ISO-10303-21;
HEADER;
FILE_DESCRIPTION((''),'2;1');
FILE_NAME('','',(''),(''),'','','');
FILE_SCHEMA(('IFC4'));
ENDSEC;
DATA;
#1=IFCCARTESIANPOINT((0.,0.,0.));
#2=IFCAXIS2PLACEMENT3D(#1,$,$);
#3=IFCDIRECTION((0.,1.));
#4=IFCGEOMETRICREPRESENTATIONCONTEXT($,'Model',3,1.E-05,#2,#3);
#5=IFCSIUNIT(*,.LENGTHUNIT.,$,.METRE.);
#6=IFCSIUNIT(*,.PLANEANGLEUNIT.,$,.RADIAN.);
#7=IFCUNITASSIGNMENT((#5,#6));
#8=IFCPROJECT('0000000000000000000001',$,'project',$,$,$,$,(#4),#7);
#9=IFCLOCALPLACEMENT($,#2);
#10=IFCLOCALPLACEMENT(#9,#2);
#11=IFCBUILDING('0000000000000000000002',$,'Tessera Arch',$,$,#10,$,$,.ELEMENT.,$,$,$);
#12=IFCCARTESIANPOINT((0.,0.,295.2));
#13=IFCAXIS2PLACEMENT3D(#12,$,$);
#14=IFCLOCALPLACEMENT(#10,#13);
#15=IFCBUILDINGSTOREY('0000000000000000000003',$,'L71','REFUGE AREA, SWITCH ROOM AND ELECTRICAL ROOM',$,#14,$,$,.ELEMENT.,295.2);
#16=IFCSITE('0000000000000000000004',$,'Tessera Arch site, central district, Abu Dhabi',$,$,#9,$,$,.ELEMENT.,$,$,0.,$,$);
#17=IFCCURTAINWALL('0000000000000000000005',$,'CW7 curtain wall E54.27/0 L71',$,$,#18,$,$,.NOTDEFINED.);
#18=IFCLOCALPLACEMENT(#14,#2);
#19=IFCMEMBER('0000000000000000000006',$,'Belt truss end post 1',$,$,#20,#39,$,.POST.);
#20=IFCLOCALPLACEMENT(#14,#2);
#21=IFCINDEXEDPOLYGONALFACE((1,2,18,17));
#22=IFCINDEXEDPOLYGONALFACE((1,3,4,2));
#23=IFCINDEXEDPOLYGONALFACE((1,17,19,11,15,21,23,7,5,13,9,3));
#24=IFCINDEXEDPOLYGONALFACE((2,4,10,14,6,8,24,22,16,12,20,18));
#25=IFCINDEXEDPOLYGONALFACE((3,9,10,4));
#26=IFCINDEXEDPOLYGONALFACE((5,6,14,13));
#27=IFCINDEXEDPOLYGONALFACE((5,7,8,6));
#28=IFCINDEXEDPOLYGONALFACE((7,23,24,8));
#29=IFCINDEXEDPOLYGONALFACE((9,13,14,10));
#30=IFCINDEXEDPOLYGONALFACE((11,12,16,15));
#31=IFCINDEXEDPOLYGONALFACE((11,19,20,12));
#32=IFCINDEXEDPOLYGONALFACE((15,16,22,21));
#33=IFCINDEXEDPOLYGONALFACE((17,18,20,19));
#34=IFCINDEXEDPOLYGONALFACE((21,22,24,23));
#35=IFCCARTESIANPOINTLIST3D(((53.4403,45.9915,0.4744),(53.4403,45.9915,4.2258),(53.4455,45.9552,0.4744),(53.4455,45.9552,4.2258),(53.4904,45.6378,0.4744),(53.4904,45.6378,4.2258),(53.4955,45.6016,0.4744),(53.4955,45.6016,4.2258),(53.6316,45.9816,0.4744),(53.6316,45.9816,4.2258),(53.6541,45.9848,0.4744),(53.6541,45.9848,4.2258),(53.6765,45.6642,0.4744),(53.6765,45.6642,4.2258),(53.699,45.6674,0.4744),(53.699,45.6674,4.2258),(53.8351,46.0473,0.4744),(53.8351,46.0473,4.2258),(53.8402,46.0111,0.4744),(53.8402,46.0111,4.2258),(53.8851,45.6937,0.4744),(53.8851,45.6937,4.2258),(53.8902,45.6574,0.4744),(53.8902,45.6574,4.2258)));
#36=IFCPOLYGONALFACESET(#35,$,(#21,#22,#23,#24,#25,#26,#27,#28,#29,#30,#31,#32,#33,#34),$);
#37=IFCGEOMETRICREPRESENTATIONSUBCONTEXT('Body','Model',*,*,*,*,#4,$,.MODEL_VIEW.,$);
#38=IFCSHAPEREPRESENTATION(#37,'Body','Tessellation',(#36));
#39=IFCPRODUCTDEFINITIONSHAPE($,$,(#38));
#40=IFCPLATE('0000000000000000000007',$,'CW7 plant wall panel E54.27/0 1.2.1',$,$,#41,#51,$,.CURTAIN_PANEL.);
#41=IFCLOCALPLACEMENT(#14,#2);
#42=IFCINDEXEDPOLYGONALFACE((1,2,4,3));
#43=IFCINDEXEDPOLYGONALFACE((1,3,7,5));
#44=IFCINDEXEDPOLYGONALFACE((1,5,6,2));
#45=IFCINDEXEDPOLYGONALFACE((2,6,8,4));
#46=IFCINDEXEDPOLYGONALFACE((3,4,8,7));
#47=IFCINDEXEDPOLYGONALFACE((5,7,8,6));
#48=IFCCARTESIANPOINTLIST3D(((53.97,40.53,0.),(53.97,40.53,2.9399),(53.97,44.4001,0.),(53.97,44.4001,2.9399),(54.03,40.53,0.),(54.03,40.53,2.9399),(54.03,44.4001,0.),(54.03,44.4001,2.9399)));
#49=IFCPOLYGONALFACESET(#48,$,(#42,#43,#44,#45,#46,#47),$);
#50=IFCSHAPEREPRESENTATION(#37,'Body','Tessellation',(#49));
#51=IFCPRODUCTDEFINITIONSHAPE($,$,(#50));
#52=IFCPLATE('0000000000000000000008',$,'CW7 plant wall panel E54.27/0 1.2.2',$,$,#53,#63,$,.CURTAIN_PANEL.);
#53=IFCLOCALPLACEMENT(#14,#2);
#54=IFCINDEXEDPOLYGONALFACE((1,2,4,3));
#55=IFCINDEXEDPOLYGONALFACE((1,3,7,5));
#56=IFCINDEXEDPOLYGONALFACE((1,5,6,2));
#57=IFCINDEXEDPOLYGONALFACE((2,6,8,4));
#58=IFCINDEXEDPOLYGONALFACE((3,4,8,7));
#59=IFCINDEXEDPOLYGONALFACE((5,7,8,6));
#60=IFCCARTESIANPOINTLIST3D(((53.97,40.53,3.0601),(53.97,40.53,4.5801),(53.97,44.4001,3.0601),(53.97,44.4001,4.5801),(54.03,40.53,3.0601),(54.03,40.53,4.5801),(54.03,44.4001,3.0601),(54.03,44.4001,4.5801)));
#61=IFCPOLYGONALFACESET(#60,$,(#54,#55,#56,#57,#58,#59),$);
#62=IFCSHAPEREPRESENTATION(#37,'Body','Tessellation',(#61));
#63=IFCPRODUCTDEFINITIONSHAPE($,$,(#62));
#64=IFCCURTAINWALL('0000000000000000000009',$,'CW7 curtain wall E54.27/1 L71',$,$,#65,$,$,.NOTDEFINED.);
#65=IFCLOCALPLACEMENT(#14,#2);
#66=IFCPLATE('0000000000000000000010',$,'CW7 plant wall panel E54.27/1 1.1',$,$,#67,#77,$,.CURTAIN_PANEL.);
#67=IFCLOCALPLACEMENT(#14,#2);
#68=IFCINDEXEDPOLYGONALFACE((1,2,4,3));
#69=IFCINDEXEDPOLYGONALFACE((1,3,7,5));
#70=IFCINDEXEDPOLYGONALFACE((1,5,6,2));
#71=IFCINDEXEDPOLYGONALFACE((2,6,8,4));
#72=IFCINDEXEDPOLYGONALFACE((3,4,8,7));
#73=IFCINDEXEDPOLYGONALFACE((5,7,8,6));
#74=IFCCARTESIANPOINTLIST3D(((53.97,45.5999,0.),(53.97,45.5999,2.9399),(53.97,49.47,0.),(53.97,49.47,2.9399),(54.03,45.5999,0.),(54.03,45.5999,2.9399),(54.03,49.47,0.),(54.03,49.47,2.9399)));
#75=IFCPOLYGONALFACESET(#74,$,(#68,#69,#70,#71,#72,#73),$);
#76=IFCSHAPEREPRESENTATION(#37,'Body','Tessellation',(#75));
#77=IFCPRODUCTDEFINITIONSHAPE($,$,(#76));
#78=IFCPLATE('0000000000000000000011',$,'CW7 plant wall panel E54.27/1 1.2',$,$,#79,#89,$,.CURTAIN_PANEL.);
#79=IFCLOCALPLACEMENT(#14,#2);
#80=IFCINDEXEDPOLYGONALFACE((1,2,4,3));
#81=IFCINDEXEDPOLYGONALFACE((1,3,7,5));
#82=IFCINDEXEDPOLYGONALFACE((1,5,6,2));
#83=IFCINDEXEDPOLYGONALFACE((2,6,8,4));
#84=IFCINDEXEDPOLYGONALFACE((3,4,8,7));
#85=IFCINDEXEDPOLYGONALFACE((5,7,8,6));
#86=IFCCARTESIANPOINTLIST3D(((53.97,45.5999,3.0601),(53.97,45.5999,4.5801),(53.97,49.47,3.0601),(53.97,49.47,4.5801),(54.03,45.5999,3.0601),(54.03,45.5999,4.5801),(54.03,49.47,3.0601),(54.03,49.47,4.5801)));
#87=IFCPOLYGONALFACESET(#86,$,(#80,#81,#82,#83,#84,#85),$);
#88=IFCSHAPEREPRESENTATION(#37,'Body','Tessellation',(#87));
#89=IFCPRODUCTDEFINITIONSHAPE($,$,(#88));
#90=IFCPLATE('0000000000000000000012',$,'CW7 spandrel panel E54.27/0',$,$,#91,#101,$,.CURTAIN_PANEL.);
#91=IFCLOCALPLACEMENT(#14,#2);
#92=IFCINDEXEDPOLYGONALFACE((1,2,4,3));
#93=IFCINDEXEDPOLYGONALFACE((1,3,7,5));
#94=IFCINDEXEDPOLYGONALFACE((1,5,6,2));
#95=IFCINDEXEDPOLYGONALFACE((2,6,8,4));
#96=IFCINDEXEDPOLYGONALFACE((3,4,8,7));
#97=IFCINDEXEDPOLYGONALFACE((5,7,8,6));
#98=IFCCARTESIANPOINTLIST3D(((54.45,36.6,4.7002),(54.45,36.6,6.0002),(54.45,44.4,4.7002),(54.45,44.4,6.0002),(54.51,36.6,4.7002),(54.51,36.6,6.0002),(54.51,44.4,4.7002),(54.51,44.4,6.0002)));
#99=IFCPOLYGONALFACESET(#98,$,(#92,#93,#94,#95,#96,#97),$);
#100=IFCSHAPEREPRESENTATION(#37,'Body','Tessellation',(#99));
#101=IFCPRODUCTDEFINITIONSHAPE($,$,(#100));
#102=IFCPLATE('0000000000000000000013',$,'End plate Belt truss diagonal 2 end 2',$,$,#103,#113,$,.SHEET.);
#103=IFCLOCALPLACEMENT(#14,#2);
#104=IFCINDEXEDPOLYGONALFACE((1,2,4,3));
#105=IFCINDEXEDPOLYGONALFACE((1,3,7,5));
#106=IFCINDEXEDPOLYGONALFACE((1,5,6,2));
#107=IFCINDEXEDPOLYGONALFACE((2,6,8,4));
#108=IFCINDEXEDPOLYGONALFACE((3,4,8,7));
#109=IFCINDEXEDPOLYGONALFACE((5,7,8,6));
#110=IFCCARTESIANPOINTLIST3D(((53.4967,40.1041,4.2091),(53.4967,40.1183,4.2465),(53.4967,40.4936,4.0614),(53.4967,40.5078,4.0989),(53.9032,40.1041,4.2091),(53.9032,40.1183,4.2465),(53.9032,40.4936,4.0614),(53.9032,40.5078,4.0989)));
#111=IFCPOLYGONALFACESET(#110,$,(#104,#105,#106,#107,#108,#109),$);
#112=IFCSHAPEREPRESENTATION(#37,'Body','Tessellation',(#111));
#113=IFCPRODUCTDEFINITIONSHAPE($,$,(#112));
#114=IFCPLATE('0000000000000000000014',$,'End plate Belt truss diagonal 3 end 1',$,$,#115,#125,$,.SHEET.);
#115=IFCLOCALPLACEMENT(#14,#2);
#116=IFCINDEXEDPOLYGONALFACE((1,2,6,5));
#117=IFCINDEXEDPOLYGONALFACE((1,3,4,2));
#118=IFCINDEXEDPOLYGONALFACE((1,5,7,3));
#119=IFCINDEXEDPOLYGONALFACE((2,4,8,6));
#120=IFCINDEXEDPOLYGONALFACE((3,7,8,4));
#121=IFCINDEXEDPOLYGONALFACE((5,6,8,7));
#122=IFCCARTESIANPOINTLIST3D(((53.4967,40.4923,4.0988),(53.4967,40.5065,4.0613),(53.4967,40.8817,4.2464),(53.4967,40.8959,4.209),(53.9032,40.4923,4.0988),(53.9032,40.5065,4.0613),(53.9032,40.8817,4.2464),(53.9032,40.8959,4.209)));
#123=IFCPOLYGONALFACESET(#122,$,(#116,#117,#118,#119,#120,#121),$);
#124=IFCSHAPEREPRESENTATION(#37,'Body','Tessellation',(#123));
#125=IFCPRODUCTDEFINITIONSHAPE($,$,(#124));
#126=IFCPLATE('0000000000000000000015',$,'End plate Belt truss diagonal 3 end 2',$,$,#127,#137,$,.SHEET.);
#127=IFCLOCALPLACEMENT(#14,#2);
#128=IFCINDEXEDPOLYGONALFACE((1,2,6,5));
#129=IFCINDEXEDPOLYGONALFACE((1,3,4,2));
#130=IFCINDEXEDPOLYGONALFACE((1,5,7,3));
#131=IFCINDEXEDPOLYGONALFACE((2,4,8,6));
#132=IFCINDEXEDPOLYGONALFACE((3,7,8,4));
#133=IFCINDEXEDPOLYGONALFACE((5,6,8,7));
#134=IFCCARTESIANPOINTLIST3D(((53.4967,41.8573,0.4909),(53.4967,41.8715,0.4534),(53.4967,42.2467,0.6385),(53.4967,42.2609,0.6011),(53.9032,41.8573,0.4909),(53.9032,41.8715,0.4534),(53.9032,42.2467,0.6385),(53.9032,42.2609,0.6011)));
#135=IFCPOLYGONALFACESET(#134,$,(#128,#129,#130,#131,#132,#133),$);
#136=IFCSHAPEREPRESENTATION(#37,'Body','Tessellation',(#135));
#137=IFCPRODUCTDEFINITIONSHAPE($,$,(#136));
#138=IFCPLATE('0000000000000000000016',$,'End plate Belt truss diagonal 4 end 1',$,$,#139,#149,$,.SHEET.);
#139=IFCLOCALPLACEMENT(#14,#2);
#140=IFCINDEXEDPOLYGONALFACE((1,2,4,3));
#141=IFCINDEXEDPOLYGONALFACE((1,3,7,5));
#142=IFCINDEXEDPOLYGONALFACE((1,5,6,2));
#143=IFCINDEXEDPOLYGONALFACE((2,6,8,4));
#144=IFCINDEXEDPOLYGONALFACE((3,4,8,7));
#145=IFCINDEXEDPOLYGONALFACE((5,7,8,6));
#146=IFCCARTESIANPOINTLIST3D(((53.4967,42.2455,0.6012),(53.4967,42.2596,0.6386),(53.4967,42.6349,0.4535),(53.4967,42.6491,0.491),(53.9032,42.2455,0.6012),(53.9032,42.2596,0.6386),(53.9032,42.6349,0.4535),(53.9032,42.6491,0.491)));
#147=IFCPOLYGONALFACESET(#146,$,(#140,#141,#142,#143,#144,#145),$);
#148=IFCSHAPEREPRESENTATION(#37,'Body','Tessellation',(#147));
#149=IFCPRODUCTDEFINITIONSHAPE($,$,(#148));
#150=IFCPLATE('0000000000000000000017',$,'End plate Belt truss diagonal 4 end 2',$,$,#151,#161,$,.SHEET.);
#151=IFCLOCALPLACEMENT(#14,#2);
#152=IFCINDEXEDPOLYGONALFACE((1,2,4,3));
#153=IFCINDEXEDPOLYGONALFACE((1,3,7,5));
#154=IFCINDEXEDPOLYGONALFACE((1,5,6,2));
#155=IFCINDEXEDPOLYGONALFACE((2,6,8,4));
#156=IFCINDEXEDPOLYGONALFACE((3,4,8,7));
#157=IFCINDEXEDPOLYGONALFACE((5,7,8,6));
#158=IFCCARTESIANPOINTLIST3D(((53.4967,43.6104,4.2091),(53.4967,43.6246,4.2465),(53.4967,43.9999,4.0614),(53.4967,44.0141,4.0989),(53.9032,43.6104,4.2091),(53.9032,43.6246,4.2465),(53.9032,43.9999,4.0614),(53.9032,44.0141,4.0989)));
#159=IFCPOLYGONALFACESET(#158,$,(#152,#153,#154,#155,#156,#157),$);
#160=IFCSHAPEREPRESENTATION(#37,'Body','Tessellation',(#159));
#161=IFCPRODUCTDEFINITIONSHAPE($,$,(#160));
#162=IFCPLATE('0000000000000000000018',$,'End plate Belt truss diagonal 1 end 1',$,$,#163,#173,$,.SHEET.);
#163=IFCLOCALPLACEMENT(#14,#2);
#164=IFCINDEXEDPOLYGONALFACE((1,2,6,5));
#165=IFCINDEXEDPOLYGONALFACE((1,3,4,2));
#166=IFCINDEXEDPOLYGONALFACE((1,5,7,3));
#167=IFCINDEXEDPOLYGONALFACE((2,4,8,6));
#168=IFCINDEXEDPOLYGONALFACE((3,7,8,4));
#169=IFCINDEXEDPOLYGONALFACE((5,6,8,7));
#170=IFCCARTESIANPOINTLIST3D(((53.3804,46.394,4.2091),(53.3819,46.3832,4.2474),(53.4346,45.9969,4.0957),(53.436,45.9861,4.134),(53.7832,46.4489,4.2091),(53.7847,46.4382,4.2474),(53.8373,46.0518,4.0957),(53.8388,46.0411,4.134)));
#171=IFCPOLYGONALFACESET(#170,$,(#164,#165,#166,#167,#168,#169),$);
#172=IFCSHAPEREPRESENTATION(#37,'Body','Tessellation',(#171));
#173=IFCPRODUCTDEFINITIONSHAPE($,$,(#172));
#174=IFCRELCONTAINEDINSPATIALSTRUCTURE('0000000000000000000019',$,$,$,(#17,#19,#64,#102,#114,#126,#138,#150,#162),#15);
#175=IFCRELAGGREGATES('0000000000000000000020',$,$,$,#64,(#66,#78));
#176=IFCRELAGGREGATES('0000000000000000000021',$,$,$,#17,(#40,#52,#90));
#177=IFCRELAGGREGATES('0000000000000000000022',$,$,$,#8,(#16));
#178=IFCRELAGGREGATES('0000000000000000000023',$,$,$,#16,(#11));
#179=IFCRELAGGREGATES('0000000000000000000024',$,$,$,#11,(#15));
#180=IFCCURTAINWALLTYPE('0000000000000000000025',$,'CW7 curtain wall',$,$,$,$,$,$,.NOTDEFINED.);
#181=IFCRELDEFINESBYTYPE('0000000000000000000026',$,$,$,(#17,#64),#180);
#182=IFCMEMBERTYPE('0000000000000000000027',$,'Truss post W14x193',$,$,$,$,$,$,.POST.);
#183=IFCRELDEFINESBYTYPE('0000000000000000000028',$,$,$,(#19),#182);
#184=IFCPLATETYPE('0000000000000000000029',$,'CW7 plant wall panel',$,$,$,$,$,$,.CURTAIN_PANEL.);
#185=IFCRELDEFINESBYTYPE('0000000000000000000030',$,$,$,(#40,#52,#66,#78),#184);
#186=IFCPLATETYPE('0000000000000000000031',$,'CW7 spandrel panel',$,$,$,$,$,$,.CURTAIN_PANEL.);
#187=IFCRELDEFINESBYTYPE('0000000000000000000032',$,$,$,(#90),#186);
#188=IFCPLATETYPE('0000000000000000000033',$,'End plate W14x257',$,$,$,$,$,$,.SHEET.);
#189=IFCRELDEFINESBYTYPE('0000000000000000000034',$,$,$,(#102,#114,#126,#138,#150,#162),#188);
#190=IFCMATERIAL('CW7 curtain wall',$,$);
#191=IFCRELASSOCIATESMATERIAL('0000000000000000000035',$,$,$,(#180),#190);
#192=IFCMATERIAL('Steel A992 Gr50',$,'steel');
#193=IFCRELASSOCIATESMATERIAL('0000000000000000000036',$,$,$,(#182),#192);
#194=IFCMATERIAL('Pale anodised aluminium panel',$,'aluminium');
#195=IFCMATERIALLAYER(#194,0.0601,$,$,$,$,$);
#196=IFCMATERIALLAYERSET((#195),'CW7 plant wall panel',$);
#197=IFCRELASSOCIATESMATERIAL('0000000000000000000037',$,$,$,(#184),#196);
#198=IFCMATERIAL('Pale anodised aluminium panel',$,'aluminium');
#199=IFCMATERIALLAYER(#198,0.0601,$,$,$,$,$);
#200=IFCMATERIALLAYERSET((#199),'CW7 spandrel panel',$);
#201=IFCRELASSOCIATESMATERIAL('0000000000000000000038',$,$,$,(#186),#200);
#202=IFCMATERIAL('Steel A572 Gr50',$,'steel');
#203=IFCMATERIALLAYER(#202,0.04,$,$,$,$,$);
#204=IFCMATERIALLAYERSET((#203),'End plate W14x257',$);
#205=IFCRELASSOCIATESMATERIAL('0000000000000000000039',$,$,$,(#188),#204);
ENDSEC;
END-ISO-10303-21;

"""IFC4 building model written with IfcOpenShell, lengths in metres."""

from ifc_helpers import new_model, si_unit, direction, frame, origin, origin_2d, place, context, subcontext, project, spatial, rectangle, i_section, extrude, material, layer, layer_set, material_profile, profile_set, type_object, element, aggregate, save


model = new_model("IFC4")

# Units and contexts
model_context = context("Model", 3, precision=1e-05, world=origin(), true_north=direction((0.0, 1.0)))
body_context = subcontext(model_context, "Body", "Model", "MODEL_VIEW")
ifc_project = project(units=[si_unit("LENGTHUNIT", "METRE"), si_unit("PLANEANGLEUNIT", "RADIAN")], contexts=[model_context])

# Site, building, storey
site_placement = place(None, origin())
site = spatial("IfcSite", under=ifc_project, at=site_placement, Name="Tessera Arch site, central district, Abu Dhabi", CompositionType="ELEMENT", RefElevation=0.0)
building_placement = place(site_placement, origin())
building = spatial("IfcBuilding", under=site, at=building_placement, Name="Tessera Arch", CompositionType="ELEMENT")
storey_placement = place(building_placement, frame((0.0, 0.0, 295.2)))
storey = spatial("IfcBuildingStorey", under=building, at=storey_placement, Name="L71", Description="REFUGE AREA, SWITCH ROOM AND ELECTRICAL ROOM", CompositionType="ELEMENT", Elevation=295.2)

# Curtain wall
ifc_material_1 = material(Name="CW7 curtain wall")
curtain_wall_type = type_object("IfcCurtainWallType", Name="CW7 curtain wall", PredefinedType="NOTDEFINED", material=ifc_material_1)
curtain_wall_1_placement = place(storey_placement, origin())
curtain_wall_1 = element("IfcCurtainWall", 1, at=curtain_wall_1_placement, inside=storey, type_object=curtain_wall_type, Name="CW7 curtain wall E54.27/0 L71", PredefinedType="NOTDEFINED")

# Member
ifc_material_2 = material(Name="Steel A992 Gr50", Category="steel")
ifc_material_profile_1 = material_profile(ifc_material_2, i_section(OverallWidth=0.3987, OverallDepth=0.3938, WebThickness=0.0227, FlangeThickness=0.0366, at=origin_2d()), Name="W14x193")
ifc_profile_set_1 = profile_set([ifc_material_profile_1], Name="Steel A992 Gr50")
member_type_1 = type_object("IfcMemberType", Name="Truss post W14x193", PredefinedType="POST", material=ifc_profile_set_1)
for number, where, z_axis, x_axis, name in (
    (2, (53.6653, 45.8245, 0.4744), (0.0, 0.0, 1.0), (0.990139, 0.140089, 0.0), "Belt truss end post 1"),
):
    element("IfcMember", number, at=place(storey_placement, frame(where, z_axis=z_axis, x_axis=x_axis)), inside=storey, type_object=member_type_1, Name=name, PredefinedType="POST", context=body_context, shape_type="SweptSolid", body=[
        extrude(i_section(OverallWidth=0.3987, OverallDepth=0.3938, WebThickness=0.0227, FlangeThickness=0.0366, at=origin_2d()), origin(), (0.0, 0.0, 1.0), 3.7515),
    ])

# Plates
ifc_material_3 = material(Name="Pale anodised aluminium panel", Category="aluminium")
ifc_layer_1 = layer(ifc_material_3, 0.0601)
ifc_layer_set_1 = layer_set([ifc_layer_1], Name="CW7 plant wall panel")
plate_type_1 = type_object("IfcPlateType", Name="CW7 plant wall panel", PredefinedType="CURTAIN_PANEL", material=ifc_layer_set_1)
plate_1_placement = place(storey_placement, frame((54.0, 42.4651, 0.0), z_axis=(0.0, 0.0, 1.0), x_axis=(0.0, 1.0, 0.0)))
plate_1 = element("IfcPlate", 3, at=plate_1_placement, type_object=plate_type_1, Name="CW7 plant wall panel E54.27/0 1.2.1", PredefinedType="CURTAIN_PANEL", context=body_context, shape_type="SweptSolid", body=[
    extrude(rectangle(XDim=3.8701, YDim=0.0601, at=origin_2d()), origin(), (0.0, 0.0, 1.0), 2.9399),
])
plate_2_placement = place(storey_placement, frame((54.0, 42.4651, 3.0601), z_axis=(0.0, 0.0, 1.0), x_axis=(0.0, 1.0, 0.0)))
plate_2 = element("IfcPlate", 4, at=plate_2_placement, type_object=plate_type_1, Name="CW7 plant wall panel E54.27/0 1.2.2", PredefinedType="CURTAIN_PANEL", context=body_context, shape_type="SweptSolid", body=[
    extrude(rectangle(XDim=3.8701, YDim=0.0601, at=origin_2d()), origin(), (0.0, 0.0, 1.0), 1.52),
])

# Curtain wall, plates
curtain_wall_2_placement = place(storey_placement, origin())
curtain_wall_2 = element("IfcCurtainWall", 5, at=curtain_wall_2_placement, inside=storey, type_object=curtain_wall_type, Name="CW7 curtain wall E54.27/1 L71", PredefinedType="NOTDEFINED")
plate_3_placement = place(storey_placement, frame((54.0, 47.5349, 0.0), z_axis=(0.0, 0.0, 1.0), x_axis=(0.0, 1.0, 0.0)))
plate_3 = element("IfcPlate", 6, at=plate_3_placement, type_object=plate_type_1, Name="CW7 plant wall panel E54.27/1 1.1", PredefinedType="CURTAIN_PANEL", context=body_context, shape_type="SweptSolid", body=[
    extrude(rectangle(XDim=3.8701, YDim=0.0601, at=origin_2d()), origin(), (0.0, 0.0, 1.0), 2.9399),
])
plate_4_placement = place(storey_placement, frame((54.0, 47.5349, 3.0601), z_axis=(0.0, 0.0, 1.0), x_axis=(0.0, 1.0, 0.0)))
plate_4 = element("IfcPlate", 7, at=plate_4_placement, type_object=plate_type_1, Name="CW7 plant wall panel E54.27/1 1.2", PredefinedType="CURTAIN_PANEL", context=body_context, shape_type="SweptSolid", body=[
    extrude(rectangle(XDim=3.8701, YDim=0.0601, at=origin_2d()), origin(), (0.0, 0.0, 1.0), 1.52),
])
aggregate(curtain_wall_2, [plate_3, plate_4])

# Plate
ifc_material_4 = material(Name="Pale anodised aluminium panel", Category="aluminium")
ifc_layer_2 = layer(ifc_material_4, 0.0601)
ifc_layer_set_2 = layer_set([ifc_layer_2], Name="CW7 spandrel panel")
plate_type_2 = type_object("IfcPlateType", Name="CW7 spandrel panel", PredefinedType="CURTAIN_PANEL", material=ifc_layer_set_2)
plate_5_placement = place(storey_placement, frame((54.48, 40.5, 4.7002), z_axis=(0.0, 0.0, 1.0), x_axis=(0.0, 1.0, 0.0)))
plate_5 = element("IfcPlate", 8, at=plate_5_placement, type_object=plate_type_2, Name="CW7 spandrel panel E54.27/0", PredefinedType="CURTAIN_PANEL", context=body_context, shape_type="SweptSolid", body=[
    extrude(rectangle(XDim=7.8, YDim=0.0601, at=origin_2d()), origin(), (0.0, 0.0, 1.0), 1.3),
])
aggregate(curtain_wall_1, [plate_1, plate_2, plate_5])

# Plates
ifc_material_5 = material(Name="Steel A572 Gr50", Category="steel")
ifc_layer_3 = layer(ifc_material_5, 0.04)
ifc_layer_set_3 = layer_set([ifc_layer_3], Name="End plate W14x257")
plate_type_3 = type_object("IfcPlateType", Name="End plate W14x257", PredefinedType="SHEET", material=ifc_layer_set_3)
for number, where, z_axis, x_axis, name in (
    (9, (53.7, 40.2988, 4.1353), (0.0, 0.35447, 0.935067), (-1.0, 0.0, 0.0), "End plate Belt truss diagonal 2 end 2"),
    (10, (53.7, 40.687, 4.1726), (0.0, 0.35447, -0.935067), (-1.0, 0.0, 0.0), "End plate Belt truss diagonal 3 end 1"),
    (11, (53.7, 42.052, 0.5647), (0.0, 0.35447, -0.935067), (-1.0, 0.0, 0.0), "End plate Belt truss diagonal 3 end 2"),
    (12, (53.7, 42.4402, 0.5273), (0.0, 0.35447, 0.935067), (-1.0, 0.0, 0.0), "End plate Belt truss diagonal 4 end 1"),
    (13, (53.7, 43.8052, 4.1353), (0.0, 0.35447, 0.935067), (-1.0, 0.0, 0.0), "End plate Belt truss diagonal 4 end 2"),
):
    element("IfcPlate", number, at=place(storey_placement, frame(where, z_axis=z_axis, x_axis=x_axis)), inside=storey, type_object=plate_type_3, Name=name, PredefinedType="SHEET", context=body_context, shape_type="SweptSolid", body=[
        extrude(rectangle(XDim=0.4065, YDim=0.4165, at=origin_2d()), origin(), (0.0, 0.0, 1.0), 0.04),
    ])
plate_6_placement = place(storey_placement, frame((53.6104, 46.2122, 4.1907), z_axis=(-0.036774, 0.269675, -0.962249), x_axis=(-0.99083, -0.135113, 0.0)))
element("IfcPlate", 14, at=plate_6_placement, inside=storey, type_object=plate_type_3, Name="End plate Belt truss diagonal 1 end 1", PredefinedType="SHEET", context=body_context, shape_type="SweptSolid", body=[
    extrude(rectangle(XDim=0.4065, YDim=0.4165, at=origin_2d()), origin(), (0.0, 0.0, 1.0), 0.0398),
])

save(model, "model.ifc")
